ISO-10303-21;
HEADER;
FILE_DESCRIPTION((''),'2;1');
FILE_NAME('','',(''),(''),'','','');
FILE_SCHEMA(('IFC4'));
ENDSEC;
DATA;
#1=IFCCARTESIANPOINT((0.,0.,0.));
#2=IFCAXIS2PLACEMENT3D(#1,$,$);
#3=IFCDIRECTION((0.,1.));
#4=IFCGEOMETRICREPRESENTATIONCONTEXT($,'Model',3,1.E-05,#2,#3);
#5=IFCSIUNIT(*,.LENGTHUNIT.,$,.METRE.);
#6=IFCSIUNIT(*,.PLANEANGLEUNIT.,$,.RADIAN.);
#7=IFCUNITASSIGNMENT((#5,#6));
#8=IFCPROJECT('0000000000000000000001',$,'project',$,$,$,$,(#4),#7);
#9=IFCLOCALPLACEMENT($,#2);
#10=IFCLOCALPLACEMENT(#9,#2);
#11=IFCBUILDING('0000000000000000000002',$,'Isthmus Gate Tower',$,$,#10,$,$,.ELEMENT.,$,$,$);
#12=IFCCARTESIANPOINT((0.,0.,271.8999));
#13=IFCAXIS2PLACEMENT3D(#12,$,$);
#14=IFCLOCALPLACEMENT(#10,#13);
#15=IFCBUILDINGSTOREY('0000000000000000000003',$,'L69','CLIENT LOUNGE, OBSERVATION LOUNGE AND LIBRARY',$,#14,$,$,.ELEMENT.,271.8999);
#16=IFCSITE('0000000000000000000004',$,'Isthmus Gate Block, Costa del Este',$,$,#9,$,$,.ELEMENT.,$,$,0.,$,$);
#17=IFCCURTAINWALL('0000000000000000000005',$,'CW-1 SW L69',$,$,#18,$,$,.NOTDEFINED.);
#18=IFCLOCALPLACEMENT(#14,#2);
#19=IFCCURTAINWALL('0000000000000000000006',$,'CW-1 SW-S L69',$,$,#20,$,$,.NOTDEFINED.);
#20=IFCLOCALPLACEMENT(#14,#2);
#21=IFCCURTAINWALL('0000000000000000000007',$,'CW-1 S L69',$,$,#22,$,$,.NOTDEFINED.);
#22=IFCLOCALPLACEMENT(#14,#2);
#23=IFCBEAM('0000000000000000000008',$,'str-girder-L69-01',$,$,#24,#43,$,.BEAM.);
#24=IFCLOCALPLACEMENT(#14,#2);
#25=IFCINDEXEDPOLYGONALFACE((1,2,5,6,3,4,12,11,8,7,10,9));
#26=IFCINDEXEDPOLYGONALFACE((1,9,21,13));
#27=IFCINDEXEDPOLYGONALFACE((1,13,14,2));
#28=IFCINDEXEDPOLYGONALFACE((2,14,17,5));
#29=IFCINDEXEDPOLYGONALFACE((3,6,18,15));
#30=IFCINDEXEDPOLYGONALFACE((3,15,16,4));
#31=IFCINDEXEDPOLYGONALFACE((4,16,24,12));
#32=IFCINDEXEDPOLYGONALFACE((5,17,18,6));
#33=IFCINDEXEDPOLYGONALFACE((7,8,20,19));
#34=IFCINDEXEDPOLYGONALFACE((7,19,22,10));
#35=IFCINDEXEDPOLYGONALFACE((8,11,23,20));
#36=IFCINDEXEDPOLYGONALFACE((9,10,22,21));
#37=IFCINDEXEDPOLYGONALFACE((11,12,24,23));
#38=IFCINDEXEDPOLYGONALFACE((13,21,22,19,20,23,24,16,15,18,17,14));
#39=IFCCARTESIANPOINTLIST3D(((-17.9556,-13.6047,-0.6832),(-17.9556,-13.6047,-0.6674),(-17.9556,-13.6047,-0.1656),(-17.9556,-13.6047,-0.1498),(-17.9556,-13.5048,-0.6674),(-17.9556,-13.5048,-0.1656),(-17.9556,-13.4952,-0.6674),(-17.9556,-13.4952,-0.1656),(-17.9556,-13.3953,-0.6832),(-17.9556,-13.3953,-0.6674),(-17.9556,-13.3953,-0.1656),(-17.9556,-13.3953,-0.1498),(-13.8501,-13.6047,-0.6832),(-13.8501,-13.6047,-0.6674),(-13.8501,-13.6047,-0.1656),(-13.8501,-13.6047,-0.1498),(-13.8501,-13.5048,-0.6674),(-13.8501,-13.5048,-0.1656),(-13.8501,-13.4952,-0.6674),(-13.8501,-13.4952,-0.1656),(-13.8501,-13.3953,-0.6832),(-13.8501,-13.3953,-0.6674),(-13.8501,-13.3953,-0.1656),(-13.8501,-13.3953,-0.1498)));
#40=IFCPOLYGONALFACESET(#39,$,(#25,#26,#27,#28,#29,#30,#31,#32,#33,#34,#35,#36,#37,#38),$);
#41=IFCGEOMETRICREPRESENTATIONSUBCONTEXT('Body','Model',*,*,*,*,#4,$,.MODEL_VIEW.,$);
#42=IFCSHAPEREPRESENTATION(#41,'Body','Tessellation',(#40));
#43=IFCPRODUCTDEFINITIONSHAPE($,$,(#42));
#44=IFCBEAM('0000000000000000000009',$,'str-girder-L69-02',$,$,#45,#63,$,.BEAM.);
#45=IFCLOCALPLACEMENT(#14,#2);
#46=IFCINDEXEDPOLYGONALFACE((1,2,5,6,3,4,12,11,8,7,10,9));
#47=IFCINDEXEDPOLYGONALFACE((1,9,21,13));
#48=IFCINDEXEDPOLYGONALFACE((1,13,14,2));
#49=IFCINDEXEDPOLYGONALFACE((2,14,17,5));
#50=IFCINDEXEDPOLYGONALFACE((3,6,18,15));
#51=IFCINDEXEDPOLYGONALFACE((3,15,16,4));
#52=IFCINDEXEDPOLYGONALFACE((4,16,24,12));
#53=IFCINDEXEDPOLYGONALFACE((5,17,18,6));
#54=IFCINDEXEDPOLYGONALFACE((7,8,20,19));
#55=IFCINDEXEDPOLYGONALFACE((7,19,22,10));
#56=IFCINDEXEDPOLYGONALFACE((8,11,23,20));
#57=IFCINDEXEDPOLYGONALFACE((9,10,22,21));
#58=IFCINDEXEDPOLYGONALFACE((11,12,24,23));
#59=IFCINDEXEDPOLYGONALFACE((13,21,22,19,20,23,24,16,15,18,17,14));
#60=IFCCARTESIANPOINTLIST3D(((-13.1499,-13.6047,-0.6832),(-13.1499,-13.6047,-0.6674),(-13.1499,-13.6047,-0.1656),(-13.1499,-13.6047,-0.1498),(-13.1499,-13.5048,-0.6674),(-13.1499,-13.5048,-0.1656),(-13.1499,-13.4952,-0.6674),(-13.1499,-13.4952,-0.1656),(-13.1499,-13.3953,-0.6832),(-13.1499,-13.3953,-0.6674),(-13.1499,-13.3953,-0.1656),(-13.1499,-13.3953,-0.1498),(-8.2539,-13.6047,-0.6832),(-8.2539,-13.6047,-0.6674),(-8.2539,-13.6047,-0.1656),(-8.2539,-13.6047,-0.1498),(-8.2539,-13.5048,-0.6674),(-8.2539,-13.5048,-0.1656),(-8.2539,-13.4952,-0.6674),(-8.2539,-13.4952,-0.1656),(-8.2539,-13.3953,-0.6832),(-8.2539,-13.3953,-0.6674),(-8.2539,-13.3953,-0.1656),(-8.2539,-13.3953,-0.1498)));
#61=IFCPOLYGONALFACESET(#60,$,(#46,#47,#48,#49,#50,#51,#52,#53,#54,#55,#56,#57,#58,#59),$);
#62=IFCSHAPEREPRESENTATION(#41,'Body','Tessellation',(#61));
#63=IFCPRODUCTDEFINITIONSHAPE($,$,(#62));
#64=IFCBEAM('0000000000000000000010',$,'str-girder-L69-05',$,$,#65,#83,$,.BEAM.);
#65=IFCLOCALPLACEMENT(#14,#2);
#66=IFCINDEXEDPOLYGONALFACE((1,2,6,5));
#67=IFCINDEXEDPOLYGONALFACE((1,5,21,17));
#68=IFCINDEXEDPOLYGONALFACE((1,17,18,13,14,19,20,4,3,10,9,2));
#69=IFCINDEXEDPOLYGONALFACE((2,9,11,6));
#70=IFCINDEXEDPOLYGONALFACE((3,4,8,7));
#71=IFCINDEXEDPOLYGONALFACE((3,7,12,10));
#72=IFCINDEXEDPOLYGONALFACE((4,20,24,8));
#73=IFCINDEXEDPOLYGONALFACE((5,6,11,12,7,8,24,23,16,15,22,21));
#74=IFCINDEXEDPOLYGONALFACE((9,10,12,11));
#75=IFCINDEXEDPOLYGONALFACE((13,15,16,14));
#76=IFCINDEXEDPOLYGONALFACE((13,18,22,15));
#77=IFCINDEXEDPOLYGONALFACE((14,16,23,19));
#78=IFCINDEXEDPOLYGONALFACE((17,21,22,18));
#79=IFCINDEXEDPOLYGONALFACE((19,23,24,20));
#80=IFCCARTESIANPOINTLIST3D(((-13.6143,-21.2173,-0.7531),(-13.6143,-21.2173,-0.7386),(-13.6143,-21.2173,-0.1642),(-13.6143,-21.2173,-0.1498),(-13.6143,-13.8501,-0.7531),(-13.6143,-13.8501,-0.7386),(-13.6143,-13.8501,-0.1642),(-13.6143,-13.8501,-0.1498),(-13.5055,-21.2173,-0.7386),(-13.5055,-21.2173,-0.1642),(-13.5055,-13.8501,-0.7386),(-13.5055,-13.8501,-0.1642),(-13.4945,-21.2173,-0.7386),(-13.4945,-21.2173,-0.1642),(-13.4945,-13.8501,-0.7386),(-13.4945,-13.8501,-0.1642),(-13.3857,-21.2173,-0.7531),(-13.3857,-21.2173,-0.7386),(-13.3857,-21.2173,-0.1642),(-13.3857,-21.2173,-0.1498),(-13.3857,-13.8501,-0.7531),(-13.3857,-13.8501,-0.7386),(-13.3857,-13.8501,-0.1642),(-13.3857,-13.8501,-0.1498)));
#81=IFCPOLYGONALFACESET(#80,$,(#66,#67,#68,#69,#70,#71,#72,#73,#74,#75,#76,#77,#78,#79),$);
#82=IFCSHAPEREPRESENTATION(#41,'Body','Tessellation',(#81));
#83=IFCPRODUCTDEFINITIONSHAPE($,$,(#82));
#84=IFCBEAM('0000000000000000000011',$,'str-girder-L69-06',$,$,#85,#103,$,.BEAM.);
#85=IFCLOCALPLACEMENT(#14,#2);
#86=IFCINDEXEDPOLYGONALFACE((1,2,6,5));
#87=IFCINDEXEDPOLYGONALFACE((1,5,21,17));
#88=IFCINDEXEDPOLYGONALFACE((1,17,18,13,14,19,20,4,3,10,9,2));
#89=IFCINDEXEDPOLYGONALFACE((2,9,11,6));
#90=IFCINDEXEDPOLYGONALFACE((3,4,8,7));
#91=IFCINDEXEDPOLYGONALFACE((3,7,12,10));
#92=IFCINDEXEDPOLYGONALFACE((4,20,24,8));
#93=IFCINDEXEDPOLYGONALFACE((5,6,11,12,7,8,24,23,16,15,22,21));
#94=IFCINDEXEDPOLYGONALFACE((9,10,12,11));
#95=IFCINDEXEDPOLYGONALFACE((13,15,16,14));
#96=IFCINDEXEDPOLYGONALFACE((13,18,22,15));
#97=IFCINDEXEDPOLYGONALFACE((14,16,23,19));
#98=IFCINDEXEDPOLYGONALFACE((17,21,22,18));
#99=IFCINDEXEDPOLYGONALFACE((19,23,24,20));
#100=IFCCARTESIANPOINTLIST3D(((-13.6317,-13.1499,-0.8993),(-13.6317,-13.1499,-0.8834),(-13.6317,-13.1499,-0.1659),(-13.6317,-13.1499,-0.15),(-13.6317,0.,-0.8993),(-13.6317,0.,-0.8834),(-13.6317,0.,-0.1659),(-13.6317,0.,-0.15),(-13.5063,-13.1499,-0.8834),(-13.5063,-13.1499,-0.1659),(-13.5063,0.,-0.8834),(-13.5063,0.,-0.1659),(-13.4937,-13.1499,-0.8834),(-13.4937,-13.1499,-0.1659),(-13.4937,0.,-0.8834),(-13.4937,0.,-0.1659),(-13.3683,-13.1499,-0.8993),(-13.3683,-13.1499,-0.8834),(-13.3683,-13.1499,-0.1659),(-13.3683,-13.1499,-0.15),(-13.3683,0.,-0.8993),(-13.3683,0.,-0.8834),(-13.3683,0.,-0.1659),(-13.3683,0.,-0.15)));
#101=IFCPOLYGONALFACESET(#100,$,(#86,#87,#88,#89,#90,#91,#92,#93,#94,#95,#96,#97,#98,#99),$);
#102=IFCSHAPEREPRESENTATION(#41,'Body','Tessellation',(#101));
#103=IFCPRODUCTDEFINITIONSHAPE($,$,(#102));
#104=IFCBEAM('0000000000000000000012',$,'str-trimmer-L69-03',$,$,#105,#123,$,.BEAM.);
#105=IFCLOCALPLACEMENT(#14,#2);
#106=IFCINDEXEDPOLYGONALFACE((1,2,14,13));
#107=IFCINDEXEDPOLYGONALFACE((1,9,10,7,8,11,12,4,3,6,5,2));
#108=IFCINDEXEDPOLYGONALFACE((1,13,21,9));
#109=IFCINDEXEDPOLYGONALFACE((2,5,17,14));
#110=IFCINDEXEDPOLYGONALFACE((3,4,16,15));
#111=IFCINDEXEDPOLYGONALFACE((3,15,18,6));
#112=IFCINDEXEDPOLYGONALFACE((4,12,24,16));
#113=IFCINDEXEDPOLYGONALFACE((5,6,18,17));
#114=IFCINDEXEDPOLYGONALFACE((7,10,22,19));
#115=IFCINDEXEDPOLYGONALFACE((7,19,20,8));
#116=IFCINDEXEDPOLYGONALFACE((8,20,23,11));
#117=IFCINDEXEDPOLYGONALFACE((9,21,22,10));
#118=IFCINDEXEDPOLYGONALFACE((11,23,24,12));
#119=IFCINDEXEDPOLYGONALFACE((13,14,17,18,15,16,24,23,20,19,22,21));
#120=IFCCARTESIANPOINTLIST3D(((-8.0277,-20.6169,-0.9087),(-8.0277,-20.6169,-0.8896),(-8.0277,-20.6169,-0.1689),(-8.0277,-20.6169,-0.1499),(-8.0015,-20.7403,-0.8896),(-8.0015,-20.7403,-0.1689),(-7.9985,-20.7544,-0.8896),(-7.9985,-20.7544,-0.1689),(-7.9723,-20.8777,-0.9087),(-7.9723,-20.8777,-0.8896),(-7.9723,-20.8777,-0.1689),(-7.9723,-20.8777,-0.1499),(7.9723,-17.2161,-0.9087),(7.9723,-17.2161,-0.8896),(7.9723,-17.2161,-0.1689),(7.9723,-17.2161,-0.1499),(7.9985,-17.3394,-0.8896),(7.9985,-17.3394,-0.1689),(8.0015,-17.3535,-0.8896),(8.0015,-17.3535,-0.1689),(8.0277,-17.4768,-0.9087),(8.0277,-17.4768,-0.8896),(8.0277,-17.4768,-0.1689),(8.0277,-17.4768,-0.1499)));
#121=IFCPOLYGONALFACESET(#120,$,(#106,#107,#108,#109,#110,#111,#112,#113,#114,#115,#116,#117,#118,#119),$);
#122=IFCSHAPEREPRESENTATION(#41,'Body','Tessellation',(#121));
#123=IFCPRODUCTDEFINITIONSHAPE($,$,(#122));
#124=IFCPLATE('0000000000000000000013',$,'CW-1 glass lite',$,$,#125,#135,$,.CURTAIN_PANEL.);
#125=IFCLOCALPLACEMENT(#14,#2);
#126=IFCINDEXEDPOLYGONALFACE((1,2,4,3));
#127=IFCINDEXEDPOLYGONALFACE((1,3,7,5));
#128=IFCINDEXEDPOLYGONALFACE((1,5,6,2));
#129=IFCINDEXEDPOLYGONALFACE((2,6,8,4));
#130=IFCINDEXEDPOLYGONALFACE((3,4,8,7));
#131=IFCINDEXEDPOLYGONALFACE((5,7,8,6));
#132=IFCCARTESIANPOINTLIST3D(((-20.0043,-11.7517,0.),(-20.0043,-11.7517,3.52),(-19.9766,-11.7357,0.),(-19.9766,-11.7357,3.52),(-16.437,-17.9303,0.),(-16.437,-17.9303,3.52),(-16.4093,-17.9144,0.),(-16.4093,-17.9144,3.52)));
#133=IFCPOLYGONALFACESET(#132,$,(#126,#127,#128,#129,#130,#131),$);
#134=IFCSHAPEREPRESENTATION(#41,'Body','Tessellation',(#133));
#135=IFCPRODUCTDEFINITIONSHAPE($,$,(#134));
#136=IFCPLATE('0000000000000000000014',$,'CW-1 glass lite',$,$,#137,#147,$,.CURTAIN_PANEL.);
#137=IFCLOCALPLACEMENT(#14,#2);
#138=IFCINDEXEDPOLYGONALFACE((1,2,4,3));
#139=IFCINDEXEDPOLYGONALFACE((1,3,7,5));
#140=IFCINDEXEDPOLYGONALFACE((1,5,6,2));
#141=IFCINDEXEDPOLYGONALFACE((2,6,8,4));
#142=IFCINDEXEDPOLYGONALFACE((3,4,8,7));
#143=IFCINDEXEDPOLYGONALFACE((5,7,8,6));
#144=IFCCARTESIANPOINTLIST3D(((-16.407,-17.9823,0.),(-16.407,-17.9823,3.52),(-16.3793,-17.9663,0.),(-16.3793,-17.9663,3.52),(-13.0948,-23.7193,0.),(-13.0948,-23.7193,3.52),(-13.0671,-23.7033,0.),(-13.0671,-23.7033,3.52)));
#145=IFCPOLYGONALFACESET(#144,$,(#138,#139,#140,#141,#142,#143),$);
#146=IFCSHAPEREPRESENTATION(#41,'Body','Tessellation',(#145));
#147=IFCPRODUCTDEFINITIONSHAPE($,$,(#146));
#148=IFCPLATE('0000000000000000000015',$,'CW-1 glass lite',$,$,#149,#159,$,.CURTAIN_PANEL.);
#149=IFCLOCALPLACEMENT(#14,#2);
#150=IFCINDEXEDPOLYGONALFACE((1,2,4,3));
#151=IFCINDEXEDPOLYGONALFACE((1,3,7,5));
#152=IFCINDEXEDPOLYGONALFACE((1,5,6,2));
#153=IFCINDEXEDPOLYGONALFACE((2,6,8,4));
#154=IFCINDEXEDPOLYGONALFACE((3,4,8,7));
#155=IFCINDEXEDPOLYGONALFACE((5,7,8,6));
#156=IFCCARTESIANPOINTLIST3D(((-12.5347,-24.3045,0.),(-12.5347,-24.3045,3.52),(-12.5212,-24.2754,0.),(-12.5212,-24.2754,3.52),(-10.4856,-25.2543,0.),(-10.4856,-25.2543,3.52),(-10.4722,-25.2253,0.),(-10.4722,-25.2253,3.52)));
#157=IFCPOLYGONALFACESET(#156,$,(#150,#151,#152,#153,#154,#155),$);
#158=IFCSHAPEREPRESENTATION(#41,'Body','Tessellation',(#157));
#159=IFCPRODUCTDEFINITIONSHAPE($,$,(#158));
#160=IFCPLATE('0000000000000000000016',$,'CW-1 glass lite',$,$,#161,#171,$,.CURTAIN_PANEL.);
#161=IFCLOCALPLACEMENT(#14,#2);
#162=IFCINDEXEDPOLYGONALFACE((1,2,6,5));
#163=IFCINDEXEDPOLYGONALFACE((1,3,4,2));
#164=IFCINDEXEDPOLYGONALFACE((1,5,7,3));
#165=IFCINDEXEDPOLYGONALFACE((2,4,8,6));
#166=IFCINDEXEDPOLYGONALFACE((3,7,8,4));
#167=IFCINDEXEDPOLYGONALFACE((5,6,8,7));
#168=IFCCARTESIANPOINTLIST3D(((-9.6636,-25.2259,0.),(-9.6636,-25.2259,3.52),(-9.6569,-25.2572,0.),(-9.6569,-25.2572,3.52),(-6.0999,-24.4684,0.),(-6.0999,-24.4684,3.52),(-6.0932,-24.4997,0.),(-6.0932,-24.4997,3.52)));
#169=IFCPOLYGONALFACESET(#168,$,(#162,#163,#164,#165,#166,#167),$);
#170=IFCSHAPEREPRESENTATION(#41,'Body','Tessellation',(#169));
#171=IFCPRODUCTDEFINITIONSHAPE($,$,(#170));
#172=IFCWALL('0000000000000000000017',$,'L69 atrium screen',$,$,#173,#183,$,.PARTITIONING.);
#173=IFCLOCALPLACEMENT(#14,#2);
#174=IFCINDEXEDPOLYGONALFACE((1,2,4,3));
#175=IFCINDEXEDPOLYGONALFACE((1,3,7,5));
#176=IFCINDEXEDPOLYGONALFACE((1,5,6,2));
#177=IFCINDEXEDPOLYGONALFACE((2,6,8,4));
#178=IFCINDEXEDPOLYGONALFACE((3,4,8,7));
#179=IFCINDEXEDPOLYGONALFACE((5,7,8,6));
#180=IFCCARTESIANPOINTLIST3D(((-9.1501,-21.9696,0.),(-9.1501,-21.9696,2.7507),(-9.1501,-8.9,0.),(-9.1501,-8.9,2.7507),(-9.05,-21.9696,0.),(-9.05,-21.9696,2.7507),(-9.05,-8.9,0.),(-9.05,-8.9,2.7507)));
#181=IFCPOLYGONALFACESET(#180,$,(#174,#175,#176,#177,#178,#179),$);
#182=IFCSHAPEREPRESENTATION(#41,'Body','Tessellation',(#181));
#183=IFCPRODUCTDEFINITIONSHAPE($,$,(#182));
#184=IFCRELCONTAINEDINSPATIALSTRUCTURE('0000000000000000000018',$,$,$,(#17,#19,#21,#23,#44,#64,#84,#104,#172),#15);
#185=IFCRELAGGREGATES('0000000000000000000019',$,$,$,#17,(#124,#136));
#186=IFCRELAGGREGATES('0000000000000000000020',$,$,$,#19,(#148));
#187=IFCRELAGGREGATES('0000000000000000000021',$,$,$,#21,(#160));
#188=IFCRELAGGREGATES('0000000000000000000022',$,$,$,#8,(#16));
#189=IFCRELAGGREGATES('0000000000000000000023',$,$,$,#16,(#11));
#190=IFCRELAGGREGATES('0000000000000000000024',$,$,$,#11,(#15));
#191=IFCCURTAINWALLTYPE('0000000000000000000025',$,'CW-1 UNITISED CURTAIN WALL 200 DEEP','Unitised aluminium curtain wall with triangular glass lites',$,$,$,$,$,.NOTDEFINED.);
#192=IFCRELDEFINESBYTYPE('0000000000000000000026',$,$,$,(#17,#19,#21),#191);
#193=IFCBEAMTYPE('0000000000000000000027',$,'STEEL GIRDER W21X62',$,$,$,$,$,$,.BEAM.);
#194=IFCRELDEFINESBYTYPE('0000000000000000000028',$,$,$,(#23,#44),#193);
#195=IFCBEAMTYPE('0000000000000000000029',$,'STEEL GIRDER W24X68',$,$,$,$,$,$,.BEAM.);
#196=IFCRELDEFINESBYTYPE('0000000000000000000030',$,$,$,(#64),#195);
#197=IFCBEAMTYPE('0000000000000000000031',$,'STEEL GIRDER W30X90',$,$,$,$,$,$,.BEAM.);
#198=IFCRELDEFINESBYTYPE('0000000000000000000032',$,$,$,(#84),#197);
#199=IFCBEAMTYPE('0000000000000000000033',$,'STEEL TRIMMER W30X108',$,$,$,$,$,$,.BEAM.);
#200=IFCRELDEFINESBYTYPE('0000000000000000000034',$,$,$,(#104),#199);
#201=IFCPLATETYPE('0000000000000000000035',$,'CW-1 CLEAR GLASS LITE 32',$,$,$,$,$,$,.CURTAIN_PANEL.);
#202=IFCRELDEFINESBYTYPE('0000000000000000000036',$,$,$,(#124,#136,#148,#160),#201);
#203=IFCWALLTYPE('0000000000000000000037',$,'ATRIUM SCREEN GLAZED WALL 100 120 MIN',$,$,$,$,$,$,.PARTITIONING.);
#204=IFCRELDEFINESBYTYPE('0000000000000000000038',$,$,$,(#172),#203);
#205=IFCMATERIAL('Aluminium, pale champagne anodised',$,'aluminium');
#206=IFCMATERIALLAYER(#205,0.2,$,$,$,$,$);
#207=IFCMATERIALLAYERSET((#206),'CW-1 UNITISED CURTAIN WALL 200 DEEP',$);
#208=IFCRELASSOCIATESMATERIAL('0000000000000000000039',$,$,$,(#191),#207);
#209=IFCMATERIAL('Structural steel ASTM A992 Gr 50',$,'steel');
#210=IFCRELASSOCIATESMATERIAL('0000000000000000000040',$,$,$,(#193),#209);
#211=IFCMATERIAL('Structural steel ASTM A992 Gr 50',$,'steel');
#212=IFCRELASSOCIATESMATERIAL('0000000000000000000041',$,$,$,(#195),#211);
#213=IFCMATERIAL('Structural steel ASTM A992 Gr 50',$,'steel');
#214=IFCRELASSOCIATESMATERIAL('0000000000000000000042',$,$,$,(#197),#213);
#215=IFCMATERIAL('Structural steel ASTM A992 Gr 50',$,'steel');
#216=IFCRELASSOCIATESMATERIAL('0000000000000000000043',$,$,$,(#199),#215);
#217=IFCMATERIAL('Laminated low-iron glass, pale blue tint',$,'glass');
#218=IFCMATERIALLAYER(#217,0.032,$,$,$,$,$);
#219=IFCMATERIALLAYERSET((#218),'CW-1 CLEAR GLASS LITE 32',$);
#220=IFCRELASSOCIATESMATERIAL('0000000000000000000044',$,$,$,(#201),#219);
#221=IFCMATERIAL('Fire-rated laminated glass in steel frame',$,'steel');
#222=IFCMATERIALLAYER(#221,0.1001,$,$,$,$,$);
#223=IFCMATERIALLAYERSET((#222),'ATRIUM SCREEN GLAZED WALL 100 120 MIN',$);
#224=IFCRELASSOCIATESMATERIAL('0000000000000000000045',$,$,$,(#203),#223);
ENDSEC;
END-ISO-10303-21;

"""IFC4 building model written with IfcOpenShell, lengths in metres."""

from ifc_helpers import new_model, si_unit, direction, frame, frame_2d, origin, origin_2d, place, context, subcontext, project, spatial, rectangle, i_section, extrude, material, layer, layer_set, material_profile, profile_set, type_object, element, aggregate, save


model = new_model("IFC4")

# Units and contexts
model_context = context("Model", 3, precision=1e-05, world=origin(), true_north=direction((0.0, 1.0)))
body_context = subcontext(model_context, "Body", "Model", "MODEL_VIEW")
ifc_project = project(units=[si_unit("LENGTHUNIT", "METRE"), si_unit("PLANEANGLEUNIT", "RADIAN")], contexts=[model_context])

# Site, building, storey
site_placement = place(None, origin())
site = spatial("IfcSite", under=ifc_project, at=site_placement, Name="Isthmus Gate Block, Costa del Este", CompositionType="ELEMENT", RefElevation=0.0)
building_placement = place(site_placement, origin())
building = spatial("IfcBuilding", under=site, at=building_placement, Name="Isthmus Gate Tower", CompositionType="ELEMENT")
storey_placement = place(building_placement, frame((0.0, 0.0, 271.8999)))
storey = spatial("IfcBuildingStorey", under=building, at=storey_placement, Name="L69", Description="CLIENT LOUNGE, OBSERVATION LOUNGE AND LIBRARY", CompositionType="ELEMENT", Elevation=271.8999)

# Curtain walls
ifc_material_1 = material(Name="Aluminium, pale champagne anodised", Category="aluminium")
ifc_layer_1 = layer(ifc_material_1, 0.2)
ifc_layer_set_1 = layer_set([ifc_layer_1], Name="CW-1 UNITISED CURTAIN WALL 200 DEEP")
curtain_wall_type = type_object("IfcCurtainWallType", Name="CW-1 UNITISED CURTAIN WALL 200 DEEP", Description="Unitised aluminium curtain wall with triangular glass lites", PredefinedType="NOTDEFINED", material=ifc_layer_set_1)
curtain_wall_1_placement = place(storey_placement, origin())
curtain_wall_1 = element("IfcCurtainWall", 1, at=curtain_wall_1_placement, inside=storey, type_object=curtain_wall_type, Name="CW-1 SW L69", PredefinedType="NOTDEFINED")
curtain_wall_2_placement = place(storey_placement, origin())
curtain_wall_2 = element("IfcCurtainWall", 2, at=curtain_wall_2_placement, inside=storey, type_object=curtain_wall_type, Name="CW-1 SW-S L69", PredefinedType="NOTDEFINED")

# Curtain wall
curtain_wall_3_placement = place(storey_placement, origin())
curtain_wall_3 = element("IfcCurtainWall", 3, at=curtain_wall_3_placement, inside=storey, type_object=curtain_wall_type, Name="CW-1 S L69", PredefinedType="NOTDEFINED")

# Beams
ifc_material_2 = material(Name="Structural steel ASTM A992 Gr 50", Category="steel")
ifc_material_profile_1 = material_profile(ifc_material_2, i_section(OverallWidth=0.2095, OverallDepth=0.5334, WebThickness=0.0095, FlangeThickness=0.0159, at=origin_2d()), Name="W21X62")
ifc_profile_set_1 = profile_set([ifc_material_profile_1], Name="Structural steel ASTM A992 Gr 50")
beam_type_1 = type_object("IfcBeamType", Name="STEEL GIRDER W21X62", PredefinedType="BEAM", material=ifc_profile_set_1)
beam_1_placement = place(storey_placement, frame((-17.9556, -13.5, -0.4165), z_axis=(1.0, 0.0, 0.0), x_axis=(0.0, 1.0, 0.0)))
element("IfcBeam", 4, at=beam_1_placement, inside=storey, type_object=beam_type_1, Name="str-girder-L69-01", PredefinedType="BEAM", context=body_context, shape_type="SweptSolid", body=[
    extrude(i_section(OverallWidth=0.2095, OverallDepth=0.5334, WebThickness=0.0095, FlangeThickness=0.0159, at=origin_2d()), origin(), (0.0, 0.0, 1.0), 4.1055),
])
beam_2_placement = place(storey_placement, frame((-13.1499, -13.5, -0.4165), z_axis=(1.0, 0.0, 0.0), x_axis=(0.0, 1.0, 0.0)))
element("IfcBeam", 5, at=beam_2_placement, inside=storey, type_object=beam_type_1, Name="str-girder-L69-02", PredefinedType="BEAM", context=body_context, shape_type="SweptSolid", body=[
    extrude(i_section(OverallWidth=0.2095, OverallDepth=0.5334, WebThickness=0.0095, FlangeThickness=0.0159, at=origin_2d()), origin(), (0.0, 0.0, 1.0), 4.896),
])
ifc_material_3 = material(Name="Structural steel ASTM A992 Gr 50", Category="steel")
ifc_material_profile_2 = material_profile(ifc_material_3, i_section(OverallWidth=0.2285, OverallDepth=0.6033, WebThickness=0.011, FlangeThickness=0.0144, at=origin_2d()), Name="W24X68")
ifc_profile_set_2 = profile_set([ifc_material_profile_2], Name="Structural steel ASTM A992 Gr 50")
beam_type_2 = type_object("IfcBeamType", Name="STEEL GIRDER W24X68", PredefinedType="BEAM", material=ifc_profile_set_2)
beam_3_placement = place(storey_placement, frame((-13.5, -21.2173, -0.4514), z_axis=(0.0, 1.0, 0.0), x_axis=(-1.0, 0.0, 0.0)))
element("IfcBeam", 6, at=beam_3_placement, inside=storey, type_object=beam_type_2, Name="str-girder-L69-05", PredefinedType="BEAM", context=body_context, shape_type="SweptSolid", body=[
    extrude(i_section(OverallWidth=0.2285, OverallDepth=0.6033, WebThickness=0.011, FlangeThickness=0.0144, at=origin_2d()), origin(), (0.0, 0.0, 1.0), 7.3672),
])
ifc_material_4 = material(Name="Structural steel ASTM A992 Gr 50", Category="steel")
ifc_material_profile_3 = material_profile(ifc_material_4, i_section(OverallWidth=0.2634, OverallDepth=0.7493, WebThickness=0.0127, FlangeThickness=0.0159, at=origin_2d()), Name="W30X90")
ifc_profile_set_3 = profile_set([ifc_material_profile_3], Name="Structural steel ASTM A992 Gr 50")
beam_type_3 = type_object("IfcBeamType", Name="STEEL GIRDER W30X90", PredefinedType="BEAM", material=ifc_profile_set_3)
beam_4_placement = place(storey_placement, frame((-13.5, -13.1499, -0.5247), z_axis=(0.0, 1.0, 0.0), x_axis=(-1.0, 0.0, 0.0)))
element("IfcBeam", 7, at=beam_4_placement, inside=storey, type_object=beam_type_3, Name="str-girder-L69-06", PredefinedType="BEAM", context=body_context, shape_type="SweptSolid", body=[
    extrude(i_section(OverallWidth=0.2634, OverallDepth=0.7493, WebThickness=0.0127, FlangeThickness=0.0159, at=origin_2d()), origin(), (0.0, 0.0, 1.0), 13.1499),
])
ifc_material_5 = material(Name="Structural steel ASTM A992 Gr 50", Category="steel")
ifc_material_profile_4 = material_profile(ifc_material_5, i_section(OverallWidth=0.2666, OverallDepth=0.7588, WebThickness=0.0144, FlangeThickness=0.019, at=origin_2d()), Name="W30X108")
ifc_profile_set_4 = profile_set([ifc_material_profile_4], Name="Structural steel ASTM A992 Gr 50")
beam_type_4 = type_object("IfcBeamType", Name="STEEL TRIMMER W30X108", PredefinedType="BEAM", material=ifc_profile_set_4)
beam_5_placement = place(storey_placement, frame((-8.0, -20.7473, -0.5293), z_axis=(0.978148, 0.20791, 0.0), x_axis=(-0.20791, 0.978148, 0.0)))
element("IfcBeam", 8, at=beam_5_placement, inside=storey, type_object=beam_type_4, Name="str-trimmer-L69-03", PredefinedType="BEAM", context=body_context, shape_type="SweptSolid", body=[
    extrude(i_section(OverallWidth=0.2666, OverallDepth=0.7588, WebThickness=0.0144, FlangeThickness=0.019, at=origin_2d()), origin(), (0.0, 0.0, 1.0), 16.3574),
])

# Plates
ifc_material_6 = material(Name="Laminated low-iron glass, pale blue tint", Category="glass")
ifc_layer_2 = layer(ifc_material_6, 0.032)
ifc_layer_set_2 = layer_set([ifc_layer_2], Name="CW-1 CLEAR GLASS LITE 32")
plate_type = type_object("IfcPlateType", Name="CW-1 CLEAR GLASS LITE 32", PredefinedType="CURTAIN_PANEL", material=ifc_layer_set_2)
plate_1_placement = place(storey_placement, frame((-18.2068, -14.833, 0.0), z_axis=(0.0, 0.0, 1.0), x_axis=(0.5, -0.866025, 0.0)))
plate_1 = element("IfcPlate", 9, at=plate_1_placement, type_object=plate_type, Name="CW-1 glass lite", PredefinedType="CURTAIN_PANEL", context=body_context, shape_type="SweptSolid", body=[
    extrude(rectangle(XDim=7.1345, YDim=0.032, at=origin_2d()), origin(), (0.0, 0.0, 1.0), 3.52),
])
plate_2_placement = place(storey_placement, frame((-14.7371, -20.8428, 0.0), z_axis=(0.0, 0.0, 1.0), x_axis=(0.5, -0.866025, 0.0)))
plate_2 = element("IfcPlate", 10, at=plate_2_placement, type_object=plate_type, Name="CW-1 glass lite", PredefinedType="CURTAIN_PANEL", context=body_context, shape_type="SweptSolid", body=[
    extrude(rectangle(XDim=6.6245, YDim=0.032, at=origin_2d()), origin(), (0.0, 0.0, 1.0), 3.52),
])
aggregate(curtain_wall_1, [plate_1, plate_2])
plate_3_placement = place(storey_placement, frame((-11.5034, -24.7649, 0.0), z_axis=(0.0, 0.0, 1.0), x_axis=(0.907256, -0.420578, 0.0)))
plate_3 = element("IfcPlate", 11, at=plate_3_placement, type_object=plate_type, Name="CW-1 glass lite", PredefinedType="CURTAIN_PANEL", context=body_context, shape_type="SweptSolid", body=[
    extrude(rectangle(XDim=2.2585, YDim=0.032, at=origin_2d()), origin(), (0.0, 0.0, 1.0), 3.52),
])
aggregate(curtain_wall_2, [plate_3])
plate_4_placement = place(storey_placement, frame((-7.8784, -24.8628, 0.0), z_axis=(0.0, 0.0, 1.0), x_axis=(0.978148, 0.207912, 0.0)))
plate_4 = element("IfcPlate", 12, at=plate_4_placement, type_object=plate_type, Name="CW-1 glass lite", PredefinedType="CURTAIN_PANEL", context=body_context, shape_type="SweptSolid", body=[
    extrude(rectangle(XDim=3.6433, YDim=0.032, at=origin_2d()), origin(), (0.0, 0.0, 1.0), 3.52),
])

# Wall
ifc_material_7 = material(Name="Fire-rated laminated glass in steel frame", Category="steel")
ifc_layer_3 = layer(ifc_material_7, 0.1001)
ifc_layer_set_3 = layer_set([ifc_layer_3], Name="ATRIUM SCREEN GLAZED WALL 100 120 MIN")
wall_type = type_object("IfcWallType", Name="ATRIUM SCREEN GLAZED WALL 100 120 MIN", PredefinedType="PARTITIONING", material=ifc_layer_set_3)
wall_placement = place(storey_placement, frame((-9.1001, -21.9695, 0.0), z_axis=(0.0, 0.0, 1.0), x_axis=(0.0, 1.0, 0.0)))
element("IfcWall", 13, at=wall_placement, inside=storey, type_object=wall_type, Name="L69 atrium screen", PredefinedType="PARTITIONING", context=body_context, shape_type="SweptSolid", body=[
    extrude(rectangle(XDim=13.0696, YDim=0.1001, at=frame_2d((6.5347, 0.0))), origin(), (0.0, 0.0, 1.0), 2.7507),
])

aggregate(curtain_wall_3, [plate_4])

save(model, "model.ifc")
